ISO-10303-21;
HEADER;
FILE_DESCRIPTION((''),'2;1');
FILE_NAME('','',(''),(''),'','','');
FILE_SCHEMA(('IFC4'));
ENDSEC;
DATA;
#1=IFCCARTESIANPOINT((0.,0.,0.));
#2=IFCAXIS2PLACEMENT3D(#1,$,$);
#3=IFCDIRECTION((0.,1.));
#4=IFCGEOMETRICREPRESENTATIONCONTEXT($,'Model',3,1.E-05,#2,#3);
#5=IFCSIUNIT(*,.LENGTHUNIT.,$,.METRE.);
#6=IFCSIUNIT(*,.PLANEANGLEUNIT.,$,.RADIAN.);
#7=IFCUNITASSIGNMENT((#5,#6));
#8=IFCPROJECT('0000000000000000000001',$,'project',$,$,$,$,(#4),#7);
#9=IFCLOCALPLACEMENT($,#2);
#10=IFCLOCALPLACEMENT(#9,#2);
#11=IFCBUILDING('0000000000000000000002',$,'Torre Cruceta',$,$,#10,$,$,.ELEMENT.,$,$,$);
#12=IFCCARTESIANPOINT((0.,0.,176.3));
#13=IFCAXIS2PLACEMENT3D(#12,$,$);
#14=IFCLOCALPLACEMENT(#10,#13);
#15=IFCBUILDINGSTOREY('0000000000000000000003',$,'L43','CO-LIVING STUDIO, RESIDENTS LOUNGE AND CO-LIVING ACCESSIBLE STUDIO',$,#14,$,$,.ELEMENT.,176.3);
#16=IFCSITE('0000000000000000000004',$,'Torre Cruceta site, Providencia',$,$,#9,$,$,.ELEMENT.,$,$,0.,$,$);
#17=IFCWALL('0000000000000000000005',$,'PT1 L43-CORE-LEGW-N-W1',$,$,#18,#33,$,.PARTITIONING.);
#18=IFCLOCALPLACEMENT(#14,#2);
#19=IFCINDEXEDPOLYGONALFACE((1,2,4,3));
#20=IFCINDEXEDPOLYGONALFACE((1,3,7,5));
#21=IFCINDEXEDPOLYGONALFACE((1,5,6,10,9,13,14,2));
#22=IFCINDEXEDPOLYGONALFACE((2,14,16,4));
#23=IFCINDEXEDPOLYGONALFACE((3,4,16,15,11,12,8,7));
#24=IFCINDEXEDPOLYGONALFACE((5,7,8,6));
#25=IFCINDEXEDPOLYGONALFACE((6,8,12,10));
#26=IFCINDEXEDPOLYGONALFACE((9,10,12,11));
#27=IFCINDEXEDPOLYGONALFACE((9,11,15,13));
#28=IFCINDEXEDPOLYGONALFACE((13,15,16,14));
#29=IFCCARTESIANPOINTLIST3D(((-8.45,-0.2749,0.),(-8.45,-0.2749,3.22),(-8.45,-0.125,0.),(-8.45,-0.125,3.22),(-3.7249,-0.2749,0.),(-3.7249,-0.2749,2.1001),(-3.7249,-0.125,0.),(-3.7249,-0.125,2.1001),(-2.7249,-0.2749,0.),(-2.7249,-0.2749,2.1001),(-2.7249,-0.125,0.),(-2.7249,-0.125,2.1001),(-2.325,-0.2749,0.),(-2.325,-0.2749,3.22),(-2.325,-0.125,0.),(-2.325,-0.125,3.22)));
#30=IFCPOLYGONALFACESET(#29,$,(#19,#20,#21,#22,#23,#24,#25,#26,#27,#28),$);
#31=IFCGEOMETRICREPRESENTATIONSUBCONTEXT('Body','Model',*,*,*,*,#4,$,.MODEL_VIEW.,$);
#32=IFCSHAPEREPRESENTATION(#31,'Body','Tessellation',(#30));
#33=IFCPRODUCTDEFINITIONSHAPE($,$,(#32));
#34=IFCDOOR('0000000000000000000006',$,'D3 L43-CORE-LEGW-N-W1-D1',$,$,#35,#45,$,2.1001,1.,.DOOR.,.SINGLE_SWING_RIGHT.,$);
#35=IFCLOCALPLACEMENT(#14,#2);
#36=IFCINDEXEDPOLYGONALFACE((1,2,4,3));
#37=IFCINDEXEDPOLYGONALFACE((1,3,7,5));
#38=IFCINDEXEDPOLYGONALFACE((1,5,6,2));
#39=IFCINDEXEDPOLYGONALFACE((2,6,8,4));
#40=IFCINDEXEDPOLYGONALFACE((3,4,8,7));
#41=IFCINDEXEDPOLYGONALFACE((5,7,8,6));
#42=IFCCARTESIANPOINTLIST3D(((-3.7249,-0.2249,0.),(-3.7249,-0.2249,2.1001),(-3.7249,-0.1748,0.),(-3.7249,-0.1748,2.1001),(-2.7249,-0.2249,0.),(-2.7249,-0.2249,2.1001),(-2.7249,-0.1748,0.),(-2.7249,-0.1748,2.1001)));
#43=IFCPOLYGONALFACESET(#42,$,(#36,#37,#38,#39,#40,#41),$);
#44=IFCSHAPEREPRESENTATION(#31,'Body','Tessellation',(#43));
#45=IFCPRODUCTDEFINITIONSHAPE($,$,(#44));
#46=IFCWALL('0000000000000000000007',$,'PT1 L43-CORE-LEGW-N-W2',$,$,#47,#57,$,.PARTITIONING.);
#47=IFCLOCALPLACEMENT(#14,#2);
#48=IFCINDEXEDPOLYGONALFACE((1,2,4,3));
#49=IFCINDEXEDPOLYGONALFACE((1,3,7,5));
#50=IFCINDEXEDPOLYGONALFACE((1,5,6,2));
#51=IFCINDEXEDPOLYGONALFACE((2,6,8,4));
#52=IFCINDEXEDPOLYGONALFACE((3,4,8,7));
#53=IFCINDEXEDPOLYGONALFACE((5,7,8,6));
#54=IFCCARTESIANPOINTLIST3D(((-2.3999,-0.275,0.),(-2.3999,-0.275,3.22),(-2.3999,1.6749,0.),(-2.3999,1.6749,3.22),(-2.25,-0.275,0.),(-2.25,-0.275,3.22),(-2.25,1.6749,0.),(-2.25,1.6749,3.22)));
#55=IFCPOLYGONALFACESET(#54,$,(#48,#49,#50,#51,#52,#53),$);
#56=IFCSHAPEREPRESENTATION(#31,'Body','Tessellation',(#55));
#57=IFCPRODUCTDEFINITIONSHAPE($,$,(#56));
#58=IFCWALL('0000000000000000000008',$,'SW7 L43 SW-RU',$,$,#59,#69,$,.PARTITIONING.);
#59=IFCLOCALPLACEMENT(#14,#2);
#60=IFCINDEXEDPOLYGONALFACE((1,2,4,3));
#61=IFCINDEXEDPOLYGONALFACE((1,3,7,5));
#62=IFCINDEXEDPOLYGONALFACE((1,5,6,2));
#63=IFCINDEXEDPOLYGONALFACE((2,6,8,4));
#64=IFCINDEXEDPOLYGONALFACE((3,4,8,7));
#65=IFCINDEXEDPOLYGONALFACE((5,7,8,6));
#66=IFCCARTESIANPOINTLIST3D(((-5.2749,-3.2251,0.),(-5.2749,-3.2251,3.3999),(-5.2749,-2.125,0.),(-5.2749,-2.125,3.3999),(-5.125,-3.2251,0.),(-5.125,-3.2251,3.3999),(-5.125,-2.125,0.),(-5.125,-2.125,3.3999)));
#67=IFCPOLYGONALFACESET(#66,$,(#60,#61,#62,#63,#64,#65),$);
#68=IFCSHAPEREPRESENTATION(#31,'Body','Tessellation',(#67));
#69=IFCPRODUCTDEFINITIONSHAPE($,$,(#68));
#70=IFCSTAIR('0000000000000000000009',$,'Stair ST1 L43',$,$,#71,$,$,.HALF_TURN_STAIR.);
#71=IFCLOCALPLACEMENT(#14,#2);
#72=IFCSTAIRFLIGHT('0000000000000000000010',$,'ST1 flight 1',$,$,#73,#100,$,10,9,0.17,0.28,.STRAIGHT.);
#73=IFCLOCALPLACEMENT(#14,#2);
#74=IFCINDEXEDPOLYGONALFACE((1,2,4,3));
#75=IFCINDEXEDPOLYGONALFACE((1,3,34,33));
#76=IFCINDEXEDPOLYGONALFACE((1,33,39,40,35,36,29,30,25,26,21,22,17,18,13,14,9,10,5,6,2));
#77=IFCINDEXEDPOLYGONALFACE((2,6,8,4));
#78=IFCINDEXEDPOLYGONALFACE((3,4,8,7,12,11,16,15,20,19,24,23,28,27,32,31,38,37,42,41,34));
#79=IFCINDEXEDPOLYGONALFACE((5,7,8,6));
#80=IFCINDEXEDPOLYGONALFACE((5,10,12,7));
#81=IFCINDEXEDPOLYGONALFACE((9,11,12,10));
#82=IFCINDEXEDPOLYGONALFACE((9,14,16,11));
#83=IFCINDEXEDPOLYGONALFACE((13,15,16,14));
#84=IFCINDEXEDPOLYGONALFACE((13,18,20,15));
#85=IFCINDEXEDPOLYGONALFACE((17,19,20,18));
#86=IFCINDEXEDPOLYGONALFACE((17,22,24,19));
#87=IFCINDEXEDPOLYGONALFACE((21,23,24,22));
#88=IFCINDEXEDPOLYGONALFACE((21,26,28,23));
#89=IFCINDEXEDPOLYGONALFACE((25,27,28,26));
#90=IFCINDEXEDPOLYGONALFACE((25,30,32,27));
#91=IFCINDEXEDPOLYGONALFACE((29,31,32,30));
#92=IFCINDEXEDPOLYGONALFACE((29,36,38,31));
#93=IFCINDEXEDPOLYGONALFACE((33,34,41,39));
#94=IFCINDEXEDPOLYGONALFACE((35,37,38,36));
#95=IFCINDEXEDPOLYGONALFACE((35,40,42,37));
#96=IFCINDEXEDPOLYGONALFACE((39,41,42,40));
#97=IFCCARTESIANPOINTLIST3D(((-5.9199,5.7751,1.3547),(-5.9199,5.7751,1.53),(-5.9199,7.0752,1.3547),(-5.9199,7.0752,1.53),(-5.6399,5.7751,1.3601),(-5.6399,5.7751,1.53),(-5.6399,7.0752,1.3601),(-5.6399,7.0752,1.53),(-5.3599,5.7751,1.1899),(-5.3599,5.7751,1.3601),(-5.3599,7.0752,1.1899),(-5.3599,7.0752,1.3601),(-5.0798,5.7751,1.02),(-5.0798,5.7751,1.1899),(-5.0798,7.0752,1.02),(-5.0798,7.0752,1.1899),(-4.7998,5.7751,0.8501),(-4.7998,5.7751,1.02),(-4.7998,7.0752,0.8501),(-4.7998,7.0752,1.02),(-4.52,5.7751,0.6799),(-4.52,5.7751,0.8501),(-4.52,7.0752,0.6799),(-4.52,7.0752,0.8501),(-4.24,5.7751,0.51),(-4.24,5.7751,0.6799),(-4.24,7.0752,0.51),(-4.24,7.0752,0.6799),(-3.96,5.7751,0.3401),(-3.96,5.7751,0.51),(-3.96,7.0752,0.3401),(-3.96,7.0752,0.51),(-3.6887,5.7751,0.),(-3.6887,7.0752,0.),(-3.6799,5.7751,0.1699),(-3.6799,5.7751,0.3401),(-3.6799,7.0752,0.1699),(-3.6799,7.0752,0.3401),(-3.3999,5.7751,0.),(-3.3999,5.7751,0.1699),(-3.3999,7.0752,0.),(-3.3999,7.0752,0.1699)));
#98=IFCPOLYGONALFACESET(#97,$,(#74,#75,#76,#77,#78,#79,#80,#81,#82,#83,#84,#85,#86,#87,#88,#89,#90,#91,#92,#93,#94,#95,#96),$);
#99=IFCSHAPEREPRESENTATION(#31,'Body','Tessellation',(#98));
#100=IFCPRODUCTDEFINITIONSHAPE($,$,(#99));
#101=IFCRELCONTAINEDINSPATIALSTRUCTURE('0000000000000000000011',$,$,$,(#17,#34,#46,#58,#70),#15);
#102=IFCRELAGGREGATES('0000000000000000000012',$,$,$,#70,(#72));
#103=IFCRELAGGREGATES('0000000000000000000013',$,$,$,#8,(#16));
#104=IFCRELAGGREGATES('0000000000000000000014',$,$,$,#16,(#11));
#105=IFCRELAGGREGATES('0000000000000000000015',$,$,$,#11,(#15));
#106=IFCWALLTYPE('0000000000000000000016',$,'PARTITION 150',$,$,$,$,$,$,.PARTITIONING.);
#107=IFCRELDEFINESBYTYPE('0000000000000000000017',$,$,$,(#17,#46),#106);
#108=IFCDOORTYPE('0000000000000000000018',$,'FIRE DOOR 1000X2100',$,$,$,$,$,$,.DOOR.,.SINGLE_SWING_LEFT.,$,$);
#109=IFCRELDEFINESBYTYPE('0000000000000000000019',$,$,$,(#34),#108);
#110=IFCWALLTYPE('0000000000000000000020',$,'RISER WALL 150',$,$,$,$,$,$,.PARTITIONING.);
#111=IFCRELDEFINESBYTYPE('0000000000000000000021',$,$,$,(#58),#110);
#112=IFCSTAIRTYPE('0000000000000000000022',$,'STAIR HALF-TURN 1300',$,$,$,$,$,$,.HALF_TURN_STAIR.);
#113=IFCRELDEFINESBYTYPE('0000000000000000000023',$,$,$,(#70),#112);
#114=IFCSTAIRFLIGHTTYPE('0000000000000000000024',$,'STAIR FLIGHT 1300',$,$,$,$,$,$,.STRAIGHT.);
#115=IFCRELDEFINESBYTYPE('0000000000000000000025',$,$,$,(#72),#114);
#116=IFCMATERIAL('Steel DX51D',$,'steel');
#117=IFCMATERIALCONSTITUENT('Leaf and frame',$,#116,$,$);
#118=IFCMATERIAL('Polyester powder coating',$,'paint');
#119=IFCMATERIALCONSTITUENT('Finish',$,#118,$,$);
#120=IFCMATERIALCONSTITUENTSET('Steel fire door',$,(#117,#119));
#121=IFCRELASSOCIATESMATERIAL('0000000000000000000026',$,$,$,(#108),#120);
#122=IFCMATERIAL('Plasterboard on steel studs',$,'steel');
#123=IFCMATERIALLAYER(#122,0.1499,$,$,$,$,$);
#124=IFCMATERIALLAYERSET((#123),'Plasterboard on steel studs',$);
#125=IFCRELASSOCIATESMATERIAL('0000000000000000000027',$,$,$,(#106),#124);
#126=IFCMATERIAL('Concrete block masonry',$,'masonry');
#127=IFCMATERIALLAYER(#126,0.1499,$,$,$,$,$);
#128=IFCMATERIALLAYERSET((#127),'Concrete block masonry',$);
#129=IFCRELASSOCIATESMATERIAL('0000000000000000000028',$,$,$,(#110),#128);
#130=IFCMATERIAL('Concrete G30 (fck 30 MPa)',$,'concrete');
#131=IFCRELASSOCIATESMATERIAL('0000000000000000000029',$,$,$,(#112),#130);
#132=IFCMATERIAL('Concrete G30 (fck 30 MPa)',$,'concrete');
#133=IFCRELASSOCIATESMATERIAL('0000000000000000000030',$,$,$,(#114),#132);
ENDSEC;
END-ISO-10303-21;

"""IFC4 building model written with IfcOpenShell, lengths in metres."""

from ifc_helpers import new_model, si_unit, direction, frame, frame_2d, origin, place, context, subcontext, project, spatial, polyline, rectangle, outline, extrude, material, layer, layer_set, constituent, constituent_set, type_object, element, fill, aggregate, save


model = new_model("IFC4")

# Units and contexts
model_context = context("Model", 3, precision=1e-05, world=origin(), true_north=direction((0.0, 1.0)))
body_context = subcontext(model_context, "Body", "Model", "MODEL_VIEW")
ifc_project = project(units=[si_unit("LENGTHUNIT", "METRE"), si_unit("PLANEANGLEUNIT", "RADIAN")], contexts=[model_context])

# Site, building, storey
site_placement = place(None, origin())
site = spatial("IfcSite", under=ifc_project, at=site_placement, Name="Torre Cruceta site, Providencia", CompositionType="ELEMENT", RefElevation=0.0)
building_placement = place(site_placement, origin())
building = spatial("IfcBuilding", under=site, at=building_placement, Name="Torre Cruceta", CompositionType="ELEMENT")
storey_placement = place(building_placement, frame((0.0, 0.0, 176.3)))
storey = spatial("IfcBuildingStorey", under=building, at=storey_placement, Name="L43", Description="CO-LIVING STUDIO, RESIDENTS LOUNGE AND CO-LIVING ACCESSIBLE STUDIO", CompositionType="ELEMENT", Elevation=176.3)

# Shared definitions
ifc_material_1 = material(Name="Steel DX51D", Category="steel")
ifc_constituent_1 = constituent(ifc_material_1, Name="Leaf and frame")
ifc_material_2 = material(Name="Polyester powder coating", Category="paint")
ifc_constituent_2 = constituent(ifc_material_2, Name="Finish")
ifc_constituent_set_1 = constituent_set(constituents=[ifc_constituent_1, ifc_constituent_2], Name="Steel fire door")
door_type_1 = type_object("IfcDoorType", Name="FIRE DOOR 1000X2100", OperationType="SINGLE_SWING_LEFT", PredefinedType="DOOR", material=ifc_constituent_set_1)

# Wall, opening, door
ifc_material_3 = material(Name="Plasterboard on steel studs", Category="steel")
ifc_layer_1 = layer(ifc_material_3, 0.1499)
ifc_layer_set_1 = layer_set([ifc_layer_1], Name="Plasterboard on steel studs")
wall_type_1 = type_object("IfcWallType", Name="PARTITION 150", PredefinedType="PARTITIONING", material=ifc_layer_set_1)
wall_1_placement = place(storey_placement, frame((-2.325, -0.2, 0.0), z_axis=(0.0, 0.0, 1.0), x_axis=(-1.0, 0.0, 0.0)))
wall_1 = element("IfcWall", 1, at=wall_1_placement, inside=storey, type_object=wall_type_1, Name="PT1 L43-CORE-LEGW-N-W1", PredefinedType="PARTITIONING", context=body_context, shape_type="SweptSolid", body=[
    extrude(rectangle(XDim=6.125, YDim=0.1499, at=frame_2d((3.0625, 0.0))), origin(), (0.0, 0.0, 1.0), 3.22),
])
opening_1_placement = place(wall_1_placement, frame((0.3999, 0.0, 0.0)))
opening_1 = element("IfcOpeningElement", 2, at=opening_1_placement, cuts=wall_1, PredefinedType="OPENING", context=body_context, shape_type="SweptSolid", body=[
    extrude(rectangle(XDim=1.0, YDim=2.1001, at=frame_2d((0.5, 1.05))), frame((0.0, 0.085, 0.0), z_axis=(0.0, -1.0, 0.0), x_axis=(1.0, 0.0, 0.0)), (0.0, 0.0, 1.0), 0.1699),
])
door_1_placement = place(opening_1_placement, frame((1.0, 0.0, 0.0), z_axis=(0.0, 0.0, 1.0), x_axis=(-1.0, 0.0, 0.0)))
door_1 = element("IfcDoor", 3, at=door_1_placement, inside=storey, type_object=door_type_1, Name="D3 L43-CORE-LEGW-N-W1-D1", OperationType="SINGLE_SWING_RIGHT", OverallHeight=2.1001, OverallWidth=1.0, PredefinedType="DOOR", context=body_context, shape_type="SweptSolid", body=[
    extrude(rectangle(XDim=1.0, YDim=2.1001, at=frame_2d((0.5, 1.05))), frame((0.0, 0.0251, 0.0), z_axis=(0.0, -1.0, 0.0), x_axis=(1.0, 0.0, 0.0)), (0.0, 0.0, 1.0), 0.05),
])
fill(opening_1, door_1)

# Walls
wall_2_placement = place(storey_placement, frame((-2.325, 1.675, 0.0), z_axis=(0.0, 0.0, 1.0), x_axis=(0.0, -1.0, 0.0)))
element("IfcWall", 4, at=wall_2_placement, inside=storey, type_object=wall_type_1, Name="PT1 L43-CORE-LEGW-N-W2", PredefinedType="PARTITIONING", context=body_context, shape_type="SweptSolid", body=[
    extrude(rectangle(XDim=1.95, YDim=0.1499, at=frame_2d((0.9751, 0.0))), origin(), (0.0, 0.0, 1.0), 3.22),
])
ifc_material_4 = material(Name="Concrete block masonry", Category="masonry")
ifc_layer_2 = layer(ifc_material_4, 0.1499)
ifc_layer_set_2 = layer_set([ifc_layer_2], Name="Concrete block masonry")
wall_type_2 = type_object("IfcWallType", Name="RISER WALL 150", PredefinedType="PARTITIONING", material=ifc_layer_set_2)
wall_3_placement = place(storey_placement, frame((-5.2, -2.125, 0.0), z_axis=(0.0, 0.0, 1.0), x_axis=(0.0, -1.0, 0.0)))
element("IfcWall", 5, at=wall_3_placement, inside=storey, type_object=wall_type_2, Name="SW7 L43 SW-RU", PredefinedType="PARTITIONING", context=body_context, shape_type="SweptSolid", body=[
    extrude(rectangle(XDim=1.1001, YDim=0.1499, at=frame_2d((0.55, 0.0))), origin(), (0.0, 0.0, 1.0), 3.3999),
])

# Stair, stair flight
ifc_material_5 = material(Name="Concrete G30 (fck 30 MPa)", Category="concrete")
stair_type = type_object("IfcStairType", Name="STAIR HALF-TURN 1300", PredefinedType="HALF_TURN_STAIR", material=ifc_material_5)
stair_placement = place(storey_placement, origin())
stair = element("IfcStair", 6, at=stair_placement, inside=storey, type_object=stair_type, Name="Stair ST1 L43", PredefinedType="HALF_TURN_STAIR")
ifc_material_6 = material(Name="Concrete G30 (fck 30 MPa)", Category="concrete")
stair_flight_type = type_object("IfcStairFlightType", Name="STAIR FLIGHT 1300", PredefinedType="STRAIGHT", material=ifc_material_6)
stair_flight_placement = place(storey_placement, frame((-3.3999, 6.425, 0.0), z_axis=(0.0, 0.0, 1.0), x_axis=(-1.0, 0.0, 0.0)))
stair_flight = element("IfcStairFlight", 7, at=stair_flight_placement, type_object=stair_flight_type, Name="ST1 flight 1", NumberOfRisers=10, NumberOfTreads=9, PredefinedType="STRAIGHT", RiserHeight=0.17, TreadLength=0.28, context=body_context, shape_type="SweptSolid", body=[
    extrude(outline(polyline([(0.0, 0.0), (0.0, 0.1699), (0.28, 0.1699), (0.28, 0.3401), (0.5601, 0.3401), (0.5601, 0.51), (0.8401, 0.51), (0.8401, 0.6799), (1.1201, 0.6799), (1.1201, 0.8501), (1.3999, 0.8501), (1.3999, 1.02), (1.6799, 1.02), (1.6799, 1.1899), (1.96, 1.1899), (1.96, 1.3601), (2.24, 1.3601), (2.24, 1.53), (2.52, 1.53), (2.52, 1.7), (2.52, 1.3547), (0.2888, 0.0), (0.0, 0.0)])), frame((0.0, 0.6499, 0.0), z_axis=(0.0, -1.0, 0.0), x_axis=(1.0, 0.0, 0.0)), (0.0, 0.0, 1.0), 1.3),
])
aggregate(stair, [stair_flight])

save(model, "model.ifc")
